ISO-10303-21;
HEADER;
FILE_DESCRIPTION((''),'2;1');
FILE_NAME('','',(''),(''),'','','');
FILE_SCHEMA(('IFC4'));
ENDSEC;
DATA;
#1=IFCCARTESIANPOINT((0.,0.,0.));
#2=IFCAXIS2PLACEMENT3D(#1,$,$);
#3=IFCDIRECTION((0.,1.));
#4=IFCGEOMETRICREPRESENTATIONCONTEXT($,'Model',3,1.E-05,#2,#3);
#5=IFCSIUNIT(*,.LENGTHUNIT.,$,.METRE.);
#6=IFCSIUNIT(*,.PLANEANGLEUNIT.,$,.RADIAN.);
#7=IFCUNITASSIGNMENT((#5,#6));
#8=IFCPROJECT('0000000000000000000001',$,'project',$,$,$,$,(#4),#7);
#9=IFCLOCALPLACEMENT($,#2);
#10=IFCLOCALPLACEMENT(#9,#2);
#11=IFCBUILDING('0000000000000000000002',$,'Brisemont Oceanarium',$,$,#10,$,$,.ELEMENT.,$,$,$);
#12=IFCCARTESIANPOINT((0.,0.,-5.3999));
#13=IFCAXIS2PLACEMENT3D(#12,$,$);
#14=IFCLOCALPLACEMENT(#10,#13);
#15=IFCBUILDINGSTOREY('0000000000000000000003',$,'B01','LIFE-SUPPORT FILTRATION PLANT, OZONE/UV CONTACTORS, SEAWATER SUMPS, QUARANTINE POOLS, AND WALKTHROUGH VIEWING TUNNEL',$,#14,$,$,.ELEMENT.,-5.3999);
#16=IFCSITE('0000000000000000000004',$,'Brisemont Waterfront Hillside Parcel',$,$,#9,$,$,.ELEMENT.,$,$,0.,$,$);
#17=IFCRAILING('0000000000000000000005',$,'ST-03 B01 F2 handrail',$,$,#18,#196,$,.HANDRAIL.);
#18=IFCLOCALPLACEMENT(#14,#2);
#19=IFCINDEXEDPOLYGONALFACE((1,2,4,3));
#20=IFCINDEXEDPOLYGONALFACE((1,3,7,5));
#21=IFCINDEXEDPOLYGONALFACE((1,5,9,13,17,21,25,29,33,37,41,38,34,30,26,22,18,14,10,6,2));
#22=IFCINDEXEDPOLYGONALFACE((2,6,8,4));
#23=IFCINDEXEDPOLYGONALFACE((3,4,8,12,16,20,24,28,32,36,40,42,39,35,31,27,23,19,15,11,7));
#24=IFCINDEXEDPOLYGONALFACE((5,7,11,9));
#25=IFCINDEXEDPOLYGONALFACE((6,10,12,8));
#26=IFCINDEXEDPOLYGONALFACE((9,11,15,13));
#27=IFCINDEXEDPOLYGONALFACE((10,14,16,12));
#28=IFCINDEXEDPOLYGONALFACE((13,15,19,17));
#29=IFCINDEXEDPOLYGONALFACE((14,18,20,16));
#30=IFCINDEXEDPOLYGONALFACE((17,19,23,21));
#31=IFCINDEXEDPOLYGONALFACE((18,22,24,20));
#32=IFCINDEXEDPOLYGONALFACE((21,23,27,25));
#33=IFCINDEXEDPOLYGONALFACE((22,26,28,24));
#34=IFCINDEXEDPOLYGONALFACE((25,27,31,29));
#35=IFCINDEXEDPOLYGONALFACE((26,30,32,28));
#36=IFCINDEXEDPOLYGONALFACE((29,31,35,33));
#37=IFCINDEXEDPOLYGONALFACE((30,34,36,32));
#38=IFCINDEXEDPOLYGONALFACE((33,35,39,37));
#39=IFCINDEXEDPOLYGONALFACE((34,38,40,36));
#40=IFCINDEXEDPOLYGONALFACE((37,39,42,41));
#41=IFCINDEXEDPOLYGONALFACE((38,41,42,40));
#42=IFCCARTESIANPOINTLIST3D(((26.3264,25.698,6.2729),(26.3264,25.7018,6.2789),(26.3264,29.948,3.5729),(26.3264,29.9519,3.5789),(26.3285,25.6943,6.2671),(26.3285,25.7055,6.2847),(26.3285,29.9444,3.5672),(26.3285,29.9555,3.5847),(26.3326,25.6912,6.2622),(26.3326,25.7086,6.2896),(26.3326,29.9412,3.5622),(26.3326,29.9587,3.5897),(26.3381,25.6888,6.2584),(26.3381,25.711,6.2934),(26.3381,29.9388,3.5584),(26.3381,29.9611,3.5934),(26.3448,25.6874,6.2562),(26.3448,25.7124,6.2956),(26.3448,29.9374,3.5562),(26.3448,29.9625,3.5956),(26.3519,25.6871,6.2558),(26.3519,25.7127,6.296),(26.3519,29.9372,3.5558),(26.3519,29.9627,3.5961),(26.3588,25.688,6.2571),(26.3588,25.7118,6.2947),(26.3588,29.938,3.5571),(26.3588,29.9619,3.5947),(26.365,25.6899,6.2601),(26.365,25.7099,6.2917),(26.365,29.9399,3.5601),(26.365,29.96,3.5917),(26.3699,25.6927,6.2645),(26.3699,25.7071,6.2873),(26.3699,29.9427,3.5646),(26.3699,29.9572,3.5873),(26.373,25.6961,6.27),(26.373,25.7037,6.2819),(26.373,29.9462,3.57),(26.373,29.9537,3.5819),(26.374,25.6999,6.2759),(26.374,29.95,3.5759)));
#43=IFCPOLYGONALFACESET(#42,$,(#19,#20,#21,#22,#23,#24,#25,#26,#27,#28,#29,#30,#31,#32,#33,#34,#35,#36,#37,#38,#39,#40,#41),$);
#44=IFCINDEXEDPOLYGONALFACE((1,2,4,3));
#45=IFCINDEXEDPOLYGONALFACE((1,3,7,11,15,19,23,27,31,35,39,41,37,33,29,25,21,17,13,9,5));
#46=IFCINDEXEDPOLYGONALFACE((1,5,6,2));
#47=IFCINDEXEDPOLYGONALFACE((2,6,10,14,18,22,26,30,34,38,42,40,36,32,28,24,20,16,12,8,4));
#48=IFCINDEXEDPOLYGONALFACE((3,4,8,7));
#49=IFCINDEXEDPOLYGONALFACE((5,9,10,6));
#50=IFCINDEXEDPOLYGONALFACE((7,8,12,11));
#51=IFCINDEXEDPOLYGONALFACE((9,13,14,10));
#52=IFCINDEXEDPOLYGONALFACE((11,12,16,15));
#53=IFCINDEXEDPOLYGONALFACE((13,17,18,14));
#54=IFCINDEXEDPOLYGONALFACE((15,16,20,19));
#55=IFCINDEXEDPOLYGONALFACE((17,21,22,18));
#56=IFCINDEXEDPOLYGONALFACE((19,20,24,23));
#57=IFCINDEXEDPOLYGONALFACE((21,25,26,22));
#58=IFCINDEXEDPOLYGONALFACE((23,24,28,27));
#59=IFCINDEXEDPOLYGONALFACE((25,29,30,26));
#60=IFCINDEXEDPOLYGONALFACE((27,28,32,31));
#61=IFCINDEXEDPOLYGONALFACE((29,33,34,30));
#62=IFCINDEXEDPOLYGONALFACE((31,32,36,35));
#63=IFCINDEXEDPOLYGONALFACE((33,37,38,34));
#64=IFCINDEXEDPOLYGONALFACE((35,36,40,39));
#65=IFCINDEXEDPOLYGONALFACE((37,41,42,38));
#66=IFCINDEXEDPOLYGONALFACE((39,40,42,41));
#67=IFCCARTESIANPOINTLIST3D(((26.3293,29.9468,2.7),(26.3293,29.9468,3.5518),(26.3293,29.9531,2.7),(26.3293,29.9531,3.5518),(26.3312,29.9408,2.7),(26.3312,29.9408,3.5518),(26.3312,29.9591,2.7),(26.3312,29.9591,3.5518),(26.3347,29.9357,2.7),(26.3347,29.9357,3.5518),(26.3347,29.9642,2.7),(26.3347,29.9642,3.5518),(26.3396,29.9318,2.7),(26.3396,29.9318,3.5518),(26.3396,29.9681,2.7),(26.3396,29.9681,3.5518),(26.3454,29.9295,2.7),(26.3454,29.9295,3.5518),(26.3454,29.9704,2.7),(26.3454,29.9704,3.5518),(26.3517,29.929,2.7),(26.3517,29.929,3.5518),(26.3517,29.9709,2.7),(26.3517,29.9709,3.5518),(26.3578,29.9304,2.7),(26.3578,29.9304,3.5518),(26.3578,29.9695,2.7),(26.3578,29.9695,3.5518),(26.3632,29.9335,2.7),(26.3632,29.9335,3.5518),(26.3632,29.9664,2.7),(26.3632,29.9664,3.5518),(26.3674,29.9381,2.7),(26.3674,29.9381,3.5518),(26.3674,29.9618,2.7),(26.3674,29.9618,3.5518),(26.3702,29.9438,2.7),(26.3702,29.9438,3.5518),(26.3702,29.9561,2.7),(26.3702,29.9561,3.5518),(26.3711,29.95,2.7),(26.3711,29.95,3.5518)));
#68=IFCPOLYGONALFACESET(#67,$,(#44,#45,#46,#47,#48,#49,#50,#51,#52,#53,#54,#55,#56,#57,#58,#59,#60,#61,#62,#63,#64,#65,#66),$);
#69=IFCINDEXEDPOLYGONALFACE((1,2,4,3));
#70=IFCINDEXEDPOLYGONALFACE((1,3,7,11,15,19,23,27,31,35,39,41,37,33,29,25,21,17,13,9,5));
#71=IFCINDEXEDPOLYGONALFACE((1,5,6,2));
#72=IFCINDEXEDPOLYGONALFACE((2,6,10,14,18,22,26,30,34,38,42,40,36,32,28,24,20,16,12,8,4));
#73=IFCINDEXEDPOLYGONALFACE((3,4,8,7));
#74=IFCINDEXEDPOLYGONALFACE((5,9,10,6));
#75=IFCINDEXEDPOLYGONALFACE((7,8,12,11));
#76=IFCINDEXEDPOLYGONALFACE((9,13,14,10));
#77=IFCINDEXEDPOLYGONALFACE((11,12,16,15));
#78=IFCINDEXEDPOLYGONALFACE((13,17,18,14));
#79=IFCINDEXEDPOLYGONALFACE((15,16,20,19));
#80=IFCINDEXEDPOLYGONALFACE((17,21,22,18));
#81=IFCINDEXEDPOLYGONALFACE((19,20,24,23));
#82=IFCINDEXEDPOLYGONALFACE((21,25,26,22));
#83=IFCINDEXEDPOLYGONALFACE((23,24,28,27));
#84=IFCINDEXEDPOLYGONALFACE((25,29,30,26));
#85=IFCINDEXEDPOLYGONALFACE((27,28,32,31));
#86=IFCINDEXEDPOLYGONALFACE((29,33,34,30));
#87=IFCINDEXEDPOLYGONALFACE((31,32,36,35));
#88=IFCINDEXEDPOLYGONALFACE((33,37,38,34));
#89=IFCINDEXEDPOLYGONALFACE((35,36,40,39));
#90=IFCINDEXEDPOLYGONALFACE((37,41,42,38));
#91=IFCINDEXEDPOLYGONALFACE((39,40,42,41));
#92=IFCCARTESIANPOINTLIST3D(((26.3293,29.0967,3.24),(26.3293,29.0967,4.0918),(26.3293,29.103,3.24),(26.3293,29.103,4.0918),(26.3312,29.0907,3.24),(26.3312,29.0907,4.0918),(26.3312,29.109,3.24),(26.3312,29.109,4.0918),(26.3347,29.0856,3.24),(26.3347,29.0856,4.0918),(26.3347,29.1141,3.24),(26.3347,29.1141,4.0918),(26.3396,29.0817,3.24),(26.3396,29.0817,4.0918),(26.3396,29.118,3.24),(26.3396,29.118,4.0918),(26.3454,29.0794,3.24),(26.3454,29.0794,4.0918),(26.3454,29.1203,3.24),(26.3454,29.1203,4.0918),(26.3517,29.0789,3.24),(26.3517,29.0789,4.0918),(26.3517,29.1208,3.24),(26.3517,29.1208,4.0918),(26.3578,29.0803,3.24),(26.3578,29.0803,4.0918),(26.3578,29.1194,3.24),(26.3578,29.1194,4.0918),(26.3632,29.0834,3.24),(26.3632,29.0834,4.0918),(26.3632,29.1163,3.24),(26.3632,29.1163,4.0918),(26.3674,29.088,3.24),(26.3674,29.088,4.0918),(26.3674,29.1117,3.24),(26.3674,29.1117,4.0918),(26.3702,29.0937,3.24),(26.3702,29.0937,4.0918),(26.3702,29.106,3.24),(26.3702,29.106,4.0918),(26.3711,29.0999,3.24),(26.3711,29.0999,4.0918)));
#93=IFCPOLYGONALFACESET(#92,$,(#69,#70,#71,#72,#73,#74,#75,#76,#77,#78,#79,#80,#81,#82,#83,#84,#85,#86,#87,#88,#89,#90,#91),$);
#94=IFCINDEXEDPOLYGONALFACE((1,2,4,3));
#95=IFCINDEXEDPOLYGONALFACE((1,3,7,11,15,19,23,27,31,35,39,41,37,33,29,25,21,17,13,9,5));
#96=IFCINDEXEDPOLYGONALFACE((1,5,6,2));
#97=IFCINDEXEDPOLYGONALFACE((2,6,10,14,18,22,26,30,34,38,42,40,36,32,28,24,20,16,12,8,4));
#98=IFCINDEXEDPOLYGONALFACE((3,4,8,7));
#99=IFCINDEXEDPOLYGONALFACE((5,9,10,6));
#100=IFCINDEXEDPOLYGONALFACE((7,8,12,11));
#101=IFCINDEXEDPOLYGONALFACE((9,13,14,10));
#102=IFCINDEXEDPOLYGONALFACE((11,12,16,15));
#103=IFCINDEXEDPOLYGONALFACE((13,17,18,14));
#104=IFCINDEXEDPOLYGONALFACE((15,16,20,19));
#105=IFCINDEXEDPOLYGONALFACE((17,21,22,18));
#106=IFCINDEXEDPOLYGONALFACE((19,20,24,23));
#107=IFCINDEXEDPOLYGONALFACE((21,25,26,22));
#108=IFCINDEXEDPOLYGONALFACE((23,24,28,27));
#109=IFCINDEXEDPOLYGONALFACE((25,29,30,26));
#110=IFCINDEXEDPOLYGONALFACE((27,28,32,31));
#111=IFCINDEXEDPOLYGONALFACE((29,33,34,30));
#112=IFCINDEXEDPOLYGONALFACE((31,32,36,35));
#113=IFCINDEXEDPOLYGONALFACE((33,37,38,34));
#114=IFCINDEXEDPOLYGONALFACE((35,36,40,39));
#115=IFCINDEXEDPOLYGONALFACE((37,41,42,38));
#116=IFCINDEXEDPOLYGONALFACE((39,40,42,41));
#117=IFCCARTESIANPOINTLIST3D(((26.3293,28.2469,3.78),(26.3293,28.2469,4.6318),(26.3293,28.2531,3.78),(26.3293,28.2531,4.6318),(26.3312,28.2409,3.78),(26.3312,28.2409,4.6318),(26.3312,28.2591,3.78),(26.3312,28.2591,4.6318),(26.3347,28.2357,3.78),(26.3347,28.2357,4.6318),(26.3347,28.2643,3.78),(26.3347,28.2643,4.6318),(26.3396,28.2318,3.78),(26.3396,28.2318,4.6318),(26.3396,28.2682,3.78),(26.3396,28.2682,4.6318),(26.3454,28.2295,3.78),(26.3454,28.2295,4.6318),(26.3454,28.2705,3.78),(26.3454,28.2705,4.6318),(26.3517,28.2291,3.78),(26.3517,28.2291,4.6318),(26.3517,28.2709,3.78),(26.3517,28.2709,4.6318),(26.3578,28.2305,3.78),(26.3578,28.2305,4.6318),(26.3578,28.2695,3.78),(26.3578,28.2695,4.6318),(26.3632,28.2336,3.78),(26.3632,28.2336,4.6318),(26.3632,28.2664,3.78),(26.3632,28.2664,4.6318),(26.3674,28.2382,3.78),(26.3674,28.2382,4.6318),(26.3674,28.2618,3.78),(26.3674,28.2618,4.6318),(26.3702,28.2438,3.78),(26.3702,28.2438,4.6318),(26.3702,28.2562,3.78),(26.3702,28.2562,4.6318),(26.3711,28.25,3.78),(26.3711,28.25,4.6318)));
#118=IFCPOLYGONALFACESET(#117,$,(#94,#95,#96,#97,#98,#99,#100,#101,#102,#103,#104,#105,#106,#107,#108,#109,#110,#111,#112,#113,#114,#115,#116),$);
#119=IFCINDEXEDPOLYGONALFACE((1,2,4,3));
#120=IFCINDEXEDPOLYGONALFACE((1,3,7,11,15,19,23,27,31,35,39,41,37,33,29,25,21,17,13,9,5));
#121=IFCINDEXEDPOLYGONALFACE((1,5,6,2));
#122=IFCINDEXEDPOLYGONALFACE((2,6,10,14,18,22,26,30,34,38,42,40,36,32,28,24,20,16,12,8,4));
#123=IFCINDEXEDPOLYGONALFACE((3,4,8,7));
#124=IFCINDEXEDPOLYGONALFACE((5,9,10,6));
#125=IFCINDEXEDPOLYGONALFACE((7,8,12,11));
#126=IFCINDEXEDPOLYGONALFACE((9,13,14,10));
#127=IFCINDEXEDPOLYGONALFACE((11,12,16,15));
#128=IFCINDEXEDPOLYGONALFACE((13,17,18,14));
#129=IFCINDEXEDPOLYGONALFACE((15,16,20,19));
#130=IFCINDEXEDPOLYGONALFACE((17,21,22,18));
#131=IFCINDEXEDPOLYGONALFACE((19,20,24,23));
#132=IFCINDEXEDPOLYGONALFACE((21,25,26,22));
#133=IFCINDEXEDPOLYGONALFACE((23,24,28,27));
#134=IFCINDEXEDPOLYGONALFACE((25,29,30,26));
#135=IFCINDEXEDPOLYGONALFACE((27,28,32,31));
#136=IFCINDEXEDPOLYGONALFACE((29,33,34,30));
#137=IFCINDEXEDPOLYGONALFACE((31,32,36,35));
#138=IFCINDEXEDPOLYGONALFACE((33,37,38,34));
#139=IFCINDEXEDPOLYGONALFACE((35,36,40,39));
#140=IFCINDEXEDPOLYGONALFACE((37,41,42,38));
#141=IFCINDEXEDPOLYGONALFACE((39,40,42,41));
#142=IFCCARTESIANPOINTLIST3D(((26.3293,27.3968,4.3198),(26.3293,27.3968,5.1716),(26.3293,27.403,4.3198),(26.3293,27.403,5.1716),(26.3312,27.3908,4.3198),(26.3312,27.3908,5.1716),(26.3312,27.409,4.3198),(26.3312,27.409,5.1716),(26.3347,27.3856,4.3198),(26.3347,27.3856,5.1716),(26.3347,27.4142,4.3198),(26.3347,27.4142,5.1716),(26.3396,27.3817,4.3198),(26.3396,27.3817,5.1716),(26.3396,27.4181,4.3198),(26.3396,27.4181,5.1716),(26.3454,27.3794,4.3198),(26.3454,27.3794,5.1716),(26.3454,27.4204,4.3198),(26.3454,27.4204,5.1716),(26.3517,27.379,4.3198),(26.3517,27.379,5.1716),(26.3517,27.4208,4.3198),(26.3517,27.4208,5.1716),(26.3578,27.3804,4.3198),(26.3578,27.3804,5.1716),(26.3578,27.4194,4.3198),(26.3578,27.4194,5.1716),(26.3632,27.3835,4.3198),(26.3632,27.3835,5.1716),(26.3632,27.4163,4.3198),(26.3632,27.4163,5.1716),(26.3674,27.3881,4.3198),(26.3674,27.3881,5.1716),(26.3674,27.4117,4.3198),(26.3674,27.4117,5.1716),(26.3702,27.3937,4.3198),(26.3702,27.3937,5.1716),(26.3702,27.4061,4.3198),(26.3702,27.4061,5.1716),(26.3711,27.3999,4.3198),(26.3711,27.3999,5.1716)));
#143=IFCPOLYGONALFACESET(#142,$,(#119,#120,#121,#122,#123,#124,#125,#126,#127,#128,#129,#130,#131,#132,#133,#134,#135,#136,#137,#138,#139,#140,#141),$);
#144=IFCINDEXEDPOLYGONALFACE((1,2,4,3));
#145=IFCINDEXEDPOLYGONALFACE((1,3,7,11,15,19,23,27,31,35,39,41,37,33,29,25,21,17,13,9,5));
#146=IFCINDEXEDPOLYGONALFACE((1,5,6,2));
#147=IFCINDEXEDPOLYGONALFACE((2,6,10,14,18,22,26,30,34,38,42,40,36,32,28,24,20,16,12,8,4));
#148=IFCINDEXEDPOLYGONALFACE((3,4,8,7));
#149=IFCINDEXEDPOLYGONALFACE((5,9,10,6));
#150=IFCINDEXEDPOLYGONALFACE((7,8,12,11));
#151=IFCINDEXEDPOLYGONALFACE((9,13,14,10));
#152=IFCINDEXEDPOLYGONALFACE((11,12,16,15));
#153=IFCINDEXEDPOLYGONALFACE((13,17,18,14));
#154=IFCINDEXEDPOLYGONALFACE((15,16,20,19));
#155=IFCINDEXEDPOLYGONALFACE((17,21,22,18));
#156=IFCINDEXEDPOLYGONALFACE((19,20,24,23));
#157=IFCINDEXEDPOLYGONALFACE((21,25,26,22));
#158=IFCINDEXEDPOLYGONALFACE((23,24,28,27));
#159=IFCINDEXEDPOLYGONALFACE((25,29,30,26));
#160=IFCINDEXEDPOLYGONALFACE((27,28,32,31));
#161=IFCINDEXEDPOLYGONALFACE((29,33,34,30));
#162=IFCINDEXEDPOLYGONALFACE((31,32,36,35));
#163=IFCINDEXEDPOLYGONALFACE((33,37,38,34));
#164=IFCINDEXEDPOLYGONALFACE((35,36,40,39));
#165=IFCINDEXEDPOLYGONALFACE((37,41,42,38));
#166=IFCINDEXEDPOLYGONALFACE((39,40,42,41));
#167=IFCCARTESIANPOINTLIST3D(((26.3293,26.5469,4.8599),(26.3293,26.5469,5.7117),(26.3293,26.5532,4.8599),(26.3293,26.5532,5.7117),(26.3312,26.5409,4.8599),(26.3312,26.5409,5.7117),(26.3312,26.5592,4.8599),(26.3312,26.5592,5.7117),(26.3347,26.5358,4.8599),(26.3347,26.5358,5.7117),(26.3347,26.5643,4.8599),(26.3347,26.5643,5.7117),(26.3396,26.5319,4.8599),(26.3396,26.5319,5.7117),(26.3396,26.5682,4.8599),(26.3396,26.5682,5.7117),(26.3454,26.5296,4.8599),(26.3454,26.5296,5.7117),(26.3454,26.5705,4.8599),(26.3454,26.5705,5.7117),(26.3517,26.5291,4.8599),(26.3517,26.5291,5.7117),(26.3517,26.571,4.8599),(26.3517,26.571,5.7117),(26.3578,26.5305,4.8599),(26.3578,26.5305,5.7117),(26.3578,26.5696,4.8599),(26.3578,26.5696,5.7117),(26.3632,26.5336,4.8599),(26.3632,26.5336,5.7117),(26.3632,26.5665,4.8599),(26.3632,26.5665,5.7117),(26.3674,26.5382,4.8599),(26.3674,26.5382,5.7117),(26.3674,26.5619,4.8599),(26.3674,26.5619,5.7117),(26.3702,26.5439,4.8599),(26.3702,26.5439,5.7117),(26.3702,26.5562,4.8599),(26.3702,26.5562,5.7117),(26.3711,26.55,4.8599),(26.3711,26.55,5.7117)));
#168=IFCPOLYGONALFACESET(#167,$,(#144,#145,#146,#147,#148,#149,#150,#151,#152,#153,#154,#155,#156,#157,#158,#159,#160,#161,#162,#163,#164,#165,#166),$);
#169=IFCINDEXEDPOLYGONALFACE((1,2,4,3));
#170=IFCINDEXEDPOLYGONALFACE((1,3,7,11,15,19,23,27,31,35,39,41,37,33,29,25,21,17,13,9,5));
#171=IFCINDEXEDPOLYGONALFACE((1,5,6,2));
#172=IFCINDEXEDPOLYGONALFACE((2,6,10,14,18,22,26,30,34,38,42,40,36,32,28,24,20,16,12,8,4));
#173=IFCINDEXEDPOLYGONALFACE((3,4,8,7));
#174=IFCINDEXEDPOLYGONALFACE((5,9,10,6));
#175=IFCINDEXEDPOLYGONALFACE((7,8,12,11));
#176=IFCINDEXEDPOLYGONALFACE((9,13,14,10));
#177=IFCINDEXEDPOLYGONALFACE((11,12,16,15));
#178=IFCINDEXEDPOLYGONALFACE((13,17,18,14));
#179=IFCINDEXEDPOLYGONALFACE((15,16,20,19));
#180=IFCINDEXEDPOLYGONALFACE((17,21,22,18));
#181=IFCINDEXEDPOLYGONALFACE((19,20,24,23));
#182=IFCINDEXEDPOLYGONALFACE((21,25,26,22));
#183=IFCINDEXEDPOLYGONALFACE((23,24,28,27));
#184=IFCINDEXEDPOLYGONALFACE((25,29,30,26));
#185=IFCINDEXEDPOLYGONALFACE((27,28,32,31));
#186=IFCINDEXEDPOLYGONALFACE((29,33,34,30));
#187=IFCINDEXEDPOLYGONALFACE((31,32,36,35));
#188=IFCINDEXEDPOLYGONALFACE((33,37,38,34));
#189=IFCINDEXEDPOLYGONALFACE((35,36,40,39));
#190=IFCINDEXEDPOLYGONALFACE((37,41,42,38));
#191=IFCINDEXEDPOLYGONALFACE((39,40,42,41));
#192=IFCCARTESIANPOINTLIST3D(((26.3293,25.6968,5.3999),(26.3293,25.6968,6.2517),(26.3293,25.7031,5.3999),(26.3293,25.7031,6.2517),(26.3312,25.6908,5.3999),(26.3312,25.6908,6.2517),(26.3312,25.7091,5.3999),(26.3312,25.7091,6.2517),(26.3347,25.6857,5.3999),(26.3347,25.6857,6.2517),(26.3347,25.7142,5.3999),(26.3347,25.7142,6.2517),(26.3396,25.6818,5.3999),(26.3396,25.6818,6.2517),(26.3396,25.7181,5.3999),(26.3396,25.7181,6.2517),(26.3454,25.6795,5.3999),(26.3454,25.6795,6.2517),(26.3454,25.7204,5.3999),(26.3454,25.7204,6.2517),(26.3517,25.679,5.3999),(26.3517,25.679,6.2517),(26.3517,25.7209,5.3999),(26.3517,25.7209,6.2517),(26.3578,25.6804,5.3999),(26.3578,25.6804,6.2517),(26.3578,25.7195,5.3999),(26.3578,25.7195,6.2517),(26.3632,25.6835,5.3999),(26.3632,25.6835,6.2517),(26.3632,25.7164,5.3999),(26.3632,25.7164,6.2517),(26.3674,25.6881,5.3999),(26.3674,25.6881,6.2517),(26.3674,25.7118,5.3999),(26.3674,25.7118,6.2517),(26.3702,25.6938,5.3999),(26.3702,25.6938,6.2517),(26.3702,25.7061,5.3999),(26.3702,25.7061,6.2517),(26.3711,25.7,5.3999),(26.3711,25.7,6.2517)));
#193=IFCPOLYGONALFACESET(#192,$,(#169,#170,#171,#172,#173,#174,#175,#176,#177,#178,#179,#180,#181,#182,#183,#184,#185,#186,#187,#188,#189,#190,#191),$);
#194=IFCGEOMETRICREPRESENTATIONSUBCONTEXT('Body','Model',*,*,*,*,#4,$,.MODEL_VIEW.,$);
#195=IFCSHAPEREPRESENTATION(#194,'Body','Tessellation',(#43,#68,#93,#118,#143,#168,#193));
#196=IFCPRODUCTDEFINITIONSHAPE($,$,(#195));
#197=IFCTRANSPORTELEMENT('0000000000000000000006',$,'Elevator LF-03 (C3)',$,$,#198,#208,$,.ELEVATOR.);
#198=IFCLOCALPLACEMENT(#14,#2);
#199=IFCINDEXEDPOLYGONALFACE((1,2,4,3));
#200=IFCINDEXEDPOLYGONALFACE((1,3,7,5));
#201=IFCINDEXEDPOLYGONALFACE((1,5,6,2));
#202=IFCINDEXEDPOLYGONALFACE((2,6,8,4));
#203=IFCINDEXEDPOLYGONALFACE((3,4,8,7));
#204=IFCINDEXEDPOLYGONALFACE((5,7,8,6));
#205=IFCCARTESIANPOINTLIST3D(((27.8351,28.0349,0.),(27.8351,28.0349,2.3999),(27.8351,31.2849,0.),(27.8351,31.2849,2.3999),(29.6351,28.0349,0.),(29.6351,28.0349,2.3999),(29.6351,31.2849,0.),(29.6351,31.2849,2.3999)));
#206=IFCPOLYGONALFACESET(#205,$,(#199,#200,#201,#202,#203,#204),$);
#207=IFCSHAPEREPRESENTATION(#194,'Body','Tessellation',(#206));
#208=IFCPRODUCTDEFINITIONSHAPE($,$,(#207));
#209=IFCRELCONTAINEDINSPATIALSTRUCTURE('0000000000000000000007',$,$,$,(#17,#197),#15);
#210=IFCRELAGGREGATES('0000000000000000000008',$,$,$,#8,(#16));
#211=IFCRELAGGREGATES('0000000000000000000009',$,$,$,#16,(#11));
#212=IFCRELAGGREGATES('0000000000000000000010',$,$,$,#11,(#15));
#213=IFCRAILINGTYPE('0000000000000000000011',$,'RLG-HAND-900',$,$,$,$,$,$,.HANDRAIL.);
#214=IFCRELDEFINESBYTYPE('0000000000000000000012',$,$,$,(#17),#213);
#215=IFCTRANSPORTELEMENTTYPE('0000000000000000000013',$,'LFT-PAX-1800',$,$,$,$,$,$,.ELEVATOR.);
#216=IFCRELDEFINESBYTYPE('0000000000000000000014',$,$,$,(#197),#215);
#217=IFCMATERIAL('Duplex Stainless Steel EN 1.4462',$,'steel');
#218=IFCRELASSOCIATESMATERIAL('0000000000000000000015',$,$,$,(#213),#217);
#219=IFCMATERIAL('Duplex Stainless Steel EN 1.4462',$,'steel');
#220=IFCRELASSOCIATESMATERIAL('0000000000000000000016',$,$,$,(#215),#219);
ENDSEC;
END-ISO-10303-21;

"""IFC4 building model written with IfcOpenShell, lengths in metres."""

from ifc_helpers import new_model, si_unit, direction, frame, origin, origin_2d, place, context, subcontext, project, spatial, rectangle, circle, extrude, material, type_object, element, save


model = new_model("IFC4")

# Units and contexts
model_context = context("Model", 3, precision=1e-05, world=origin(), true_north=direction((0.0, 1.0)))
body_context = subcontext(model_context, "Body", "Model", "MODEL_VIEW")
ifc_project = project(units=[si_unit("LENGTHUNIT", "METRE"), si_unit("PLANEANGLEUNIT", "RADIAN")], contexts=[model_context])

# Site, building, storey
site_placement = place(None, origin())
site = spatial("IfcSite", under=ifc_project, at=site_placement, Name="Brisemont Waterfront Hillside Parcel", CompositionType="ELEMENT", RefElevation=0.0)
building_placement = place(site_placement, origin())
building = spatial("IfcBuilding", under=site, at=building_placement, Name="Brisemont Oceanarium", CompositionType="ELEMENT")
storey_placement = place(building_placement, frame((0.0, 0.0, -5.3999)))
storey = spatial("IfcBuildingStorey", under=building, at=storey_placement, Name="B01", Description="LIFE-SUPPORT FILTRATION PLANT, OZONE/UV CONTACTORS, SEAWATER SUMPS, QUARANTINE POOLS, AND WALKTHROUGH VIEWING TUNNEL", CompositionType="ELEMENT", Elevation=-5.3999)

# Railing
ifc_material_1 = material(Name="Duplex Stainless Steel EN 1.4462", Category="steel")
railing_type_1 = type_object("IfcRailingType", Name="RLG-HAND-900", PredefinedType="HANDRAIL", material=ifc_material_1)
railing_1_placement = place(storey_placement, frame((26.3501, 29.95, 2.7)))
element("IfcRailing", 1, at=railing_1_placement, inside=storey, type_object=railing_type_1, Name="ST-03 B01 F2 handrail", PredefinedType="HANDRAIL", context=body_context, shape_type="SweptSolid", body=[
    extrude(circle(Radius=0.0239, at=origin_2d()), frame((0.0, 0.0, 0.876), z_axis=(0.0, -0.844075, 0.536226), x_axis=(1.0, 0.0, 0.0)), (0.0, 0.0, 1.0), 5.0352),
    extrude(circle(Radius=0.021, at=origin_2d()), origin(), (0.0, 0.0, 1.0), 0.8518),
    extrude(circle(Radius=0.021, at=origin_2d()), frame((0.0, -0.8501, 0.54)), (0.0, 0.0, 1.0), 0.8518),
    extrude(circle(Radius=0.021, at=origin_2d()), frame((0.0, -1.7, 1.0801)), (0.0, 0.0, 1.0), 0.8518),
    extrude(circle(Radius=0.021, at=origin_2d()), frame((0.0, -2.55, 1.6199)), (0.0, 0.0, 1.0), 0.8518),
    extrude(circle(Radius=0.021, at=origin_2d()), frame((0.0, -3.3999, 2.1599)), (0.0, 0.0, 1.0), 0.8518),
    extrude(circle(Radius=0.021, at=origin_2d()), frame((0.0, -4.25, 2.7)), (0.0, 0.0, 1.0), 0.8518),
])

# Transport element
ifc_material_2 = material(Name="Duplex Stainless Steel EN 1.4462", Category="steel")
transport_element_type = type_object("IfcTransportElementType", Name="LFT-PAX-1800", PredefinedType="ELEVATOR", material=ifc_material_2)
transport_element_placement = place(storey_placement, frame((28.7351, 29.6599, 0.0), z_axis=(0.0, 0.0, 1.0), x_axis=(1.0, 0.0, 0.0)))
element("IfcTransportElement", 2, at=transport_element_placement, inside=storey, type_object=transport_element_type, Name="Elevator LF-03 (C3)", PredefinedType="ELEVATOR", context=body_context, shape_type="SweptSolid", body=[
    extrude(rectangle(XDim=1.8, YDim=3.25, at=origin_2d()), origin(), (0.0, 0.0, 1.0), 2.3999),
])

save(model, "model.ifc")
